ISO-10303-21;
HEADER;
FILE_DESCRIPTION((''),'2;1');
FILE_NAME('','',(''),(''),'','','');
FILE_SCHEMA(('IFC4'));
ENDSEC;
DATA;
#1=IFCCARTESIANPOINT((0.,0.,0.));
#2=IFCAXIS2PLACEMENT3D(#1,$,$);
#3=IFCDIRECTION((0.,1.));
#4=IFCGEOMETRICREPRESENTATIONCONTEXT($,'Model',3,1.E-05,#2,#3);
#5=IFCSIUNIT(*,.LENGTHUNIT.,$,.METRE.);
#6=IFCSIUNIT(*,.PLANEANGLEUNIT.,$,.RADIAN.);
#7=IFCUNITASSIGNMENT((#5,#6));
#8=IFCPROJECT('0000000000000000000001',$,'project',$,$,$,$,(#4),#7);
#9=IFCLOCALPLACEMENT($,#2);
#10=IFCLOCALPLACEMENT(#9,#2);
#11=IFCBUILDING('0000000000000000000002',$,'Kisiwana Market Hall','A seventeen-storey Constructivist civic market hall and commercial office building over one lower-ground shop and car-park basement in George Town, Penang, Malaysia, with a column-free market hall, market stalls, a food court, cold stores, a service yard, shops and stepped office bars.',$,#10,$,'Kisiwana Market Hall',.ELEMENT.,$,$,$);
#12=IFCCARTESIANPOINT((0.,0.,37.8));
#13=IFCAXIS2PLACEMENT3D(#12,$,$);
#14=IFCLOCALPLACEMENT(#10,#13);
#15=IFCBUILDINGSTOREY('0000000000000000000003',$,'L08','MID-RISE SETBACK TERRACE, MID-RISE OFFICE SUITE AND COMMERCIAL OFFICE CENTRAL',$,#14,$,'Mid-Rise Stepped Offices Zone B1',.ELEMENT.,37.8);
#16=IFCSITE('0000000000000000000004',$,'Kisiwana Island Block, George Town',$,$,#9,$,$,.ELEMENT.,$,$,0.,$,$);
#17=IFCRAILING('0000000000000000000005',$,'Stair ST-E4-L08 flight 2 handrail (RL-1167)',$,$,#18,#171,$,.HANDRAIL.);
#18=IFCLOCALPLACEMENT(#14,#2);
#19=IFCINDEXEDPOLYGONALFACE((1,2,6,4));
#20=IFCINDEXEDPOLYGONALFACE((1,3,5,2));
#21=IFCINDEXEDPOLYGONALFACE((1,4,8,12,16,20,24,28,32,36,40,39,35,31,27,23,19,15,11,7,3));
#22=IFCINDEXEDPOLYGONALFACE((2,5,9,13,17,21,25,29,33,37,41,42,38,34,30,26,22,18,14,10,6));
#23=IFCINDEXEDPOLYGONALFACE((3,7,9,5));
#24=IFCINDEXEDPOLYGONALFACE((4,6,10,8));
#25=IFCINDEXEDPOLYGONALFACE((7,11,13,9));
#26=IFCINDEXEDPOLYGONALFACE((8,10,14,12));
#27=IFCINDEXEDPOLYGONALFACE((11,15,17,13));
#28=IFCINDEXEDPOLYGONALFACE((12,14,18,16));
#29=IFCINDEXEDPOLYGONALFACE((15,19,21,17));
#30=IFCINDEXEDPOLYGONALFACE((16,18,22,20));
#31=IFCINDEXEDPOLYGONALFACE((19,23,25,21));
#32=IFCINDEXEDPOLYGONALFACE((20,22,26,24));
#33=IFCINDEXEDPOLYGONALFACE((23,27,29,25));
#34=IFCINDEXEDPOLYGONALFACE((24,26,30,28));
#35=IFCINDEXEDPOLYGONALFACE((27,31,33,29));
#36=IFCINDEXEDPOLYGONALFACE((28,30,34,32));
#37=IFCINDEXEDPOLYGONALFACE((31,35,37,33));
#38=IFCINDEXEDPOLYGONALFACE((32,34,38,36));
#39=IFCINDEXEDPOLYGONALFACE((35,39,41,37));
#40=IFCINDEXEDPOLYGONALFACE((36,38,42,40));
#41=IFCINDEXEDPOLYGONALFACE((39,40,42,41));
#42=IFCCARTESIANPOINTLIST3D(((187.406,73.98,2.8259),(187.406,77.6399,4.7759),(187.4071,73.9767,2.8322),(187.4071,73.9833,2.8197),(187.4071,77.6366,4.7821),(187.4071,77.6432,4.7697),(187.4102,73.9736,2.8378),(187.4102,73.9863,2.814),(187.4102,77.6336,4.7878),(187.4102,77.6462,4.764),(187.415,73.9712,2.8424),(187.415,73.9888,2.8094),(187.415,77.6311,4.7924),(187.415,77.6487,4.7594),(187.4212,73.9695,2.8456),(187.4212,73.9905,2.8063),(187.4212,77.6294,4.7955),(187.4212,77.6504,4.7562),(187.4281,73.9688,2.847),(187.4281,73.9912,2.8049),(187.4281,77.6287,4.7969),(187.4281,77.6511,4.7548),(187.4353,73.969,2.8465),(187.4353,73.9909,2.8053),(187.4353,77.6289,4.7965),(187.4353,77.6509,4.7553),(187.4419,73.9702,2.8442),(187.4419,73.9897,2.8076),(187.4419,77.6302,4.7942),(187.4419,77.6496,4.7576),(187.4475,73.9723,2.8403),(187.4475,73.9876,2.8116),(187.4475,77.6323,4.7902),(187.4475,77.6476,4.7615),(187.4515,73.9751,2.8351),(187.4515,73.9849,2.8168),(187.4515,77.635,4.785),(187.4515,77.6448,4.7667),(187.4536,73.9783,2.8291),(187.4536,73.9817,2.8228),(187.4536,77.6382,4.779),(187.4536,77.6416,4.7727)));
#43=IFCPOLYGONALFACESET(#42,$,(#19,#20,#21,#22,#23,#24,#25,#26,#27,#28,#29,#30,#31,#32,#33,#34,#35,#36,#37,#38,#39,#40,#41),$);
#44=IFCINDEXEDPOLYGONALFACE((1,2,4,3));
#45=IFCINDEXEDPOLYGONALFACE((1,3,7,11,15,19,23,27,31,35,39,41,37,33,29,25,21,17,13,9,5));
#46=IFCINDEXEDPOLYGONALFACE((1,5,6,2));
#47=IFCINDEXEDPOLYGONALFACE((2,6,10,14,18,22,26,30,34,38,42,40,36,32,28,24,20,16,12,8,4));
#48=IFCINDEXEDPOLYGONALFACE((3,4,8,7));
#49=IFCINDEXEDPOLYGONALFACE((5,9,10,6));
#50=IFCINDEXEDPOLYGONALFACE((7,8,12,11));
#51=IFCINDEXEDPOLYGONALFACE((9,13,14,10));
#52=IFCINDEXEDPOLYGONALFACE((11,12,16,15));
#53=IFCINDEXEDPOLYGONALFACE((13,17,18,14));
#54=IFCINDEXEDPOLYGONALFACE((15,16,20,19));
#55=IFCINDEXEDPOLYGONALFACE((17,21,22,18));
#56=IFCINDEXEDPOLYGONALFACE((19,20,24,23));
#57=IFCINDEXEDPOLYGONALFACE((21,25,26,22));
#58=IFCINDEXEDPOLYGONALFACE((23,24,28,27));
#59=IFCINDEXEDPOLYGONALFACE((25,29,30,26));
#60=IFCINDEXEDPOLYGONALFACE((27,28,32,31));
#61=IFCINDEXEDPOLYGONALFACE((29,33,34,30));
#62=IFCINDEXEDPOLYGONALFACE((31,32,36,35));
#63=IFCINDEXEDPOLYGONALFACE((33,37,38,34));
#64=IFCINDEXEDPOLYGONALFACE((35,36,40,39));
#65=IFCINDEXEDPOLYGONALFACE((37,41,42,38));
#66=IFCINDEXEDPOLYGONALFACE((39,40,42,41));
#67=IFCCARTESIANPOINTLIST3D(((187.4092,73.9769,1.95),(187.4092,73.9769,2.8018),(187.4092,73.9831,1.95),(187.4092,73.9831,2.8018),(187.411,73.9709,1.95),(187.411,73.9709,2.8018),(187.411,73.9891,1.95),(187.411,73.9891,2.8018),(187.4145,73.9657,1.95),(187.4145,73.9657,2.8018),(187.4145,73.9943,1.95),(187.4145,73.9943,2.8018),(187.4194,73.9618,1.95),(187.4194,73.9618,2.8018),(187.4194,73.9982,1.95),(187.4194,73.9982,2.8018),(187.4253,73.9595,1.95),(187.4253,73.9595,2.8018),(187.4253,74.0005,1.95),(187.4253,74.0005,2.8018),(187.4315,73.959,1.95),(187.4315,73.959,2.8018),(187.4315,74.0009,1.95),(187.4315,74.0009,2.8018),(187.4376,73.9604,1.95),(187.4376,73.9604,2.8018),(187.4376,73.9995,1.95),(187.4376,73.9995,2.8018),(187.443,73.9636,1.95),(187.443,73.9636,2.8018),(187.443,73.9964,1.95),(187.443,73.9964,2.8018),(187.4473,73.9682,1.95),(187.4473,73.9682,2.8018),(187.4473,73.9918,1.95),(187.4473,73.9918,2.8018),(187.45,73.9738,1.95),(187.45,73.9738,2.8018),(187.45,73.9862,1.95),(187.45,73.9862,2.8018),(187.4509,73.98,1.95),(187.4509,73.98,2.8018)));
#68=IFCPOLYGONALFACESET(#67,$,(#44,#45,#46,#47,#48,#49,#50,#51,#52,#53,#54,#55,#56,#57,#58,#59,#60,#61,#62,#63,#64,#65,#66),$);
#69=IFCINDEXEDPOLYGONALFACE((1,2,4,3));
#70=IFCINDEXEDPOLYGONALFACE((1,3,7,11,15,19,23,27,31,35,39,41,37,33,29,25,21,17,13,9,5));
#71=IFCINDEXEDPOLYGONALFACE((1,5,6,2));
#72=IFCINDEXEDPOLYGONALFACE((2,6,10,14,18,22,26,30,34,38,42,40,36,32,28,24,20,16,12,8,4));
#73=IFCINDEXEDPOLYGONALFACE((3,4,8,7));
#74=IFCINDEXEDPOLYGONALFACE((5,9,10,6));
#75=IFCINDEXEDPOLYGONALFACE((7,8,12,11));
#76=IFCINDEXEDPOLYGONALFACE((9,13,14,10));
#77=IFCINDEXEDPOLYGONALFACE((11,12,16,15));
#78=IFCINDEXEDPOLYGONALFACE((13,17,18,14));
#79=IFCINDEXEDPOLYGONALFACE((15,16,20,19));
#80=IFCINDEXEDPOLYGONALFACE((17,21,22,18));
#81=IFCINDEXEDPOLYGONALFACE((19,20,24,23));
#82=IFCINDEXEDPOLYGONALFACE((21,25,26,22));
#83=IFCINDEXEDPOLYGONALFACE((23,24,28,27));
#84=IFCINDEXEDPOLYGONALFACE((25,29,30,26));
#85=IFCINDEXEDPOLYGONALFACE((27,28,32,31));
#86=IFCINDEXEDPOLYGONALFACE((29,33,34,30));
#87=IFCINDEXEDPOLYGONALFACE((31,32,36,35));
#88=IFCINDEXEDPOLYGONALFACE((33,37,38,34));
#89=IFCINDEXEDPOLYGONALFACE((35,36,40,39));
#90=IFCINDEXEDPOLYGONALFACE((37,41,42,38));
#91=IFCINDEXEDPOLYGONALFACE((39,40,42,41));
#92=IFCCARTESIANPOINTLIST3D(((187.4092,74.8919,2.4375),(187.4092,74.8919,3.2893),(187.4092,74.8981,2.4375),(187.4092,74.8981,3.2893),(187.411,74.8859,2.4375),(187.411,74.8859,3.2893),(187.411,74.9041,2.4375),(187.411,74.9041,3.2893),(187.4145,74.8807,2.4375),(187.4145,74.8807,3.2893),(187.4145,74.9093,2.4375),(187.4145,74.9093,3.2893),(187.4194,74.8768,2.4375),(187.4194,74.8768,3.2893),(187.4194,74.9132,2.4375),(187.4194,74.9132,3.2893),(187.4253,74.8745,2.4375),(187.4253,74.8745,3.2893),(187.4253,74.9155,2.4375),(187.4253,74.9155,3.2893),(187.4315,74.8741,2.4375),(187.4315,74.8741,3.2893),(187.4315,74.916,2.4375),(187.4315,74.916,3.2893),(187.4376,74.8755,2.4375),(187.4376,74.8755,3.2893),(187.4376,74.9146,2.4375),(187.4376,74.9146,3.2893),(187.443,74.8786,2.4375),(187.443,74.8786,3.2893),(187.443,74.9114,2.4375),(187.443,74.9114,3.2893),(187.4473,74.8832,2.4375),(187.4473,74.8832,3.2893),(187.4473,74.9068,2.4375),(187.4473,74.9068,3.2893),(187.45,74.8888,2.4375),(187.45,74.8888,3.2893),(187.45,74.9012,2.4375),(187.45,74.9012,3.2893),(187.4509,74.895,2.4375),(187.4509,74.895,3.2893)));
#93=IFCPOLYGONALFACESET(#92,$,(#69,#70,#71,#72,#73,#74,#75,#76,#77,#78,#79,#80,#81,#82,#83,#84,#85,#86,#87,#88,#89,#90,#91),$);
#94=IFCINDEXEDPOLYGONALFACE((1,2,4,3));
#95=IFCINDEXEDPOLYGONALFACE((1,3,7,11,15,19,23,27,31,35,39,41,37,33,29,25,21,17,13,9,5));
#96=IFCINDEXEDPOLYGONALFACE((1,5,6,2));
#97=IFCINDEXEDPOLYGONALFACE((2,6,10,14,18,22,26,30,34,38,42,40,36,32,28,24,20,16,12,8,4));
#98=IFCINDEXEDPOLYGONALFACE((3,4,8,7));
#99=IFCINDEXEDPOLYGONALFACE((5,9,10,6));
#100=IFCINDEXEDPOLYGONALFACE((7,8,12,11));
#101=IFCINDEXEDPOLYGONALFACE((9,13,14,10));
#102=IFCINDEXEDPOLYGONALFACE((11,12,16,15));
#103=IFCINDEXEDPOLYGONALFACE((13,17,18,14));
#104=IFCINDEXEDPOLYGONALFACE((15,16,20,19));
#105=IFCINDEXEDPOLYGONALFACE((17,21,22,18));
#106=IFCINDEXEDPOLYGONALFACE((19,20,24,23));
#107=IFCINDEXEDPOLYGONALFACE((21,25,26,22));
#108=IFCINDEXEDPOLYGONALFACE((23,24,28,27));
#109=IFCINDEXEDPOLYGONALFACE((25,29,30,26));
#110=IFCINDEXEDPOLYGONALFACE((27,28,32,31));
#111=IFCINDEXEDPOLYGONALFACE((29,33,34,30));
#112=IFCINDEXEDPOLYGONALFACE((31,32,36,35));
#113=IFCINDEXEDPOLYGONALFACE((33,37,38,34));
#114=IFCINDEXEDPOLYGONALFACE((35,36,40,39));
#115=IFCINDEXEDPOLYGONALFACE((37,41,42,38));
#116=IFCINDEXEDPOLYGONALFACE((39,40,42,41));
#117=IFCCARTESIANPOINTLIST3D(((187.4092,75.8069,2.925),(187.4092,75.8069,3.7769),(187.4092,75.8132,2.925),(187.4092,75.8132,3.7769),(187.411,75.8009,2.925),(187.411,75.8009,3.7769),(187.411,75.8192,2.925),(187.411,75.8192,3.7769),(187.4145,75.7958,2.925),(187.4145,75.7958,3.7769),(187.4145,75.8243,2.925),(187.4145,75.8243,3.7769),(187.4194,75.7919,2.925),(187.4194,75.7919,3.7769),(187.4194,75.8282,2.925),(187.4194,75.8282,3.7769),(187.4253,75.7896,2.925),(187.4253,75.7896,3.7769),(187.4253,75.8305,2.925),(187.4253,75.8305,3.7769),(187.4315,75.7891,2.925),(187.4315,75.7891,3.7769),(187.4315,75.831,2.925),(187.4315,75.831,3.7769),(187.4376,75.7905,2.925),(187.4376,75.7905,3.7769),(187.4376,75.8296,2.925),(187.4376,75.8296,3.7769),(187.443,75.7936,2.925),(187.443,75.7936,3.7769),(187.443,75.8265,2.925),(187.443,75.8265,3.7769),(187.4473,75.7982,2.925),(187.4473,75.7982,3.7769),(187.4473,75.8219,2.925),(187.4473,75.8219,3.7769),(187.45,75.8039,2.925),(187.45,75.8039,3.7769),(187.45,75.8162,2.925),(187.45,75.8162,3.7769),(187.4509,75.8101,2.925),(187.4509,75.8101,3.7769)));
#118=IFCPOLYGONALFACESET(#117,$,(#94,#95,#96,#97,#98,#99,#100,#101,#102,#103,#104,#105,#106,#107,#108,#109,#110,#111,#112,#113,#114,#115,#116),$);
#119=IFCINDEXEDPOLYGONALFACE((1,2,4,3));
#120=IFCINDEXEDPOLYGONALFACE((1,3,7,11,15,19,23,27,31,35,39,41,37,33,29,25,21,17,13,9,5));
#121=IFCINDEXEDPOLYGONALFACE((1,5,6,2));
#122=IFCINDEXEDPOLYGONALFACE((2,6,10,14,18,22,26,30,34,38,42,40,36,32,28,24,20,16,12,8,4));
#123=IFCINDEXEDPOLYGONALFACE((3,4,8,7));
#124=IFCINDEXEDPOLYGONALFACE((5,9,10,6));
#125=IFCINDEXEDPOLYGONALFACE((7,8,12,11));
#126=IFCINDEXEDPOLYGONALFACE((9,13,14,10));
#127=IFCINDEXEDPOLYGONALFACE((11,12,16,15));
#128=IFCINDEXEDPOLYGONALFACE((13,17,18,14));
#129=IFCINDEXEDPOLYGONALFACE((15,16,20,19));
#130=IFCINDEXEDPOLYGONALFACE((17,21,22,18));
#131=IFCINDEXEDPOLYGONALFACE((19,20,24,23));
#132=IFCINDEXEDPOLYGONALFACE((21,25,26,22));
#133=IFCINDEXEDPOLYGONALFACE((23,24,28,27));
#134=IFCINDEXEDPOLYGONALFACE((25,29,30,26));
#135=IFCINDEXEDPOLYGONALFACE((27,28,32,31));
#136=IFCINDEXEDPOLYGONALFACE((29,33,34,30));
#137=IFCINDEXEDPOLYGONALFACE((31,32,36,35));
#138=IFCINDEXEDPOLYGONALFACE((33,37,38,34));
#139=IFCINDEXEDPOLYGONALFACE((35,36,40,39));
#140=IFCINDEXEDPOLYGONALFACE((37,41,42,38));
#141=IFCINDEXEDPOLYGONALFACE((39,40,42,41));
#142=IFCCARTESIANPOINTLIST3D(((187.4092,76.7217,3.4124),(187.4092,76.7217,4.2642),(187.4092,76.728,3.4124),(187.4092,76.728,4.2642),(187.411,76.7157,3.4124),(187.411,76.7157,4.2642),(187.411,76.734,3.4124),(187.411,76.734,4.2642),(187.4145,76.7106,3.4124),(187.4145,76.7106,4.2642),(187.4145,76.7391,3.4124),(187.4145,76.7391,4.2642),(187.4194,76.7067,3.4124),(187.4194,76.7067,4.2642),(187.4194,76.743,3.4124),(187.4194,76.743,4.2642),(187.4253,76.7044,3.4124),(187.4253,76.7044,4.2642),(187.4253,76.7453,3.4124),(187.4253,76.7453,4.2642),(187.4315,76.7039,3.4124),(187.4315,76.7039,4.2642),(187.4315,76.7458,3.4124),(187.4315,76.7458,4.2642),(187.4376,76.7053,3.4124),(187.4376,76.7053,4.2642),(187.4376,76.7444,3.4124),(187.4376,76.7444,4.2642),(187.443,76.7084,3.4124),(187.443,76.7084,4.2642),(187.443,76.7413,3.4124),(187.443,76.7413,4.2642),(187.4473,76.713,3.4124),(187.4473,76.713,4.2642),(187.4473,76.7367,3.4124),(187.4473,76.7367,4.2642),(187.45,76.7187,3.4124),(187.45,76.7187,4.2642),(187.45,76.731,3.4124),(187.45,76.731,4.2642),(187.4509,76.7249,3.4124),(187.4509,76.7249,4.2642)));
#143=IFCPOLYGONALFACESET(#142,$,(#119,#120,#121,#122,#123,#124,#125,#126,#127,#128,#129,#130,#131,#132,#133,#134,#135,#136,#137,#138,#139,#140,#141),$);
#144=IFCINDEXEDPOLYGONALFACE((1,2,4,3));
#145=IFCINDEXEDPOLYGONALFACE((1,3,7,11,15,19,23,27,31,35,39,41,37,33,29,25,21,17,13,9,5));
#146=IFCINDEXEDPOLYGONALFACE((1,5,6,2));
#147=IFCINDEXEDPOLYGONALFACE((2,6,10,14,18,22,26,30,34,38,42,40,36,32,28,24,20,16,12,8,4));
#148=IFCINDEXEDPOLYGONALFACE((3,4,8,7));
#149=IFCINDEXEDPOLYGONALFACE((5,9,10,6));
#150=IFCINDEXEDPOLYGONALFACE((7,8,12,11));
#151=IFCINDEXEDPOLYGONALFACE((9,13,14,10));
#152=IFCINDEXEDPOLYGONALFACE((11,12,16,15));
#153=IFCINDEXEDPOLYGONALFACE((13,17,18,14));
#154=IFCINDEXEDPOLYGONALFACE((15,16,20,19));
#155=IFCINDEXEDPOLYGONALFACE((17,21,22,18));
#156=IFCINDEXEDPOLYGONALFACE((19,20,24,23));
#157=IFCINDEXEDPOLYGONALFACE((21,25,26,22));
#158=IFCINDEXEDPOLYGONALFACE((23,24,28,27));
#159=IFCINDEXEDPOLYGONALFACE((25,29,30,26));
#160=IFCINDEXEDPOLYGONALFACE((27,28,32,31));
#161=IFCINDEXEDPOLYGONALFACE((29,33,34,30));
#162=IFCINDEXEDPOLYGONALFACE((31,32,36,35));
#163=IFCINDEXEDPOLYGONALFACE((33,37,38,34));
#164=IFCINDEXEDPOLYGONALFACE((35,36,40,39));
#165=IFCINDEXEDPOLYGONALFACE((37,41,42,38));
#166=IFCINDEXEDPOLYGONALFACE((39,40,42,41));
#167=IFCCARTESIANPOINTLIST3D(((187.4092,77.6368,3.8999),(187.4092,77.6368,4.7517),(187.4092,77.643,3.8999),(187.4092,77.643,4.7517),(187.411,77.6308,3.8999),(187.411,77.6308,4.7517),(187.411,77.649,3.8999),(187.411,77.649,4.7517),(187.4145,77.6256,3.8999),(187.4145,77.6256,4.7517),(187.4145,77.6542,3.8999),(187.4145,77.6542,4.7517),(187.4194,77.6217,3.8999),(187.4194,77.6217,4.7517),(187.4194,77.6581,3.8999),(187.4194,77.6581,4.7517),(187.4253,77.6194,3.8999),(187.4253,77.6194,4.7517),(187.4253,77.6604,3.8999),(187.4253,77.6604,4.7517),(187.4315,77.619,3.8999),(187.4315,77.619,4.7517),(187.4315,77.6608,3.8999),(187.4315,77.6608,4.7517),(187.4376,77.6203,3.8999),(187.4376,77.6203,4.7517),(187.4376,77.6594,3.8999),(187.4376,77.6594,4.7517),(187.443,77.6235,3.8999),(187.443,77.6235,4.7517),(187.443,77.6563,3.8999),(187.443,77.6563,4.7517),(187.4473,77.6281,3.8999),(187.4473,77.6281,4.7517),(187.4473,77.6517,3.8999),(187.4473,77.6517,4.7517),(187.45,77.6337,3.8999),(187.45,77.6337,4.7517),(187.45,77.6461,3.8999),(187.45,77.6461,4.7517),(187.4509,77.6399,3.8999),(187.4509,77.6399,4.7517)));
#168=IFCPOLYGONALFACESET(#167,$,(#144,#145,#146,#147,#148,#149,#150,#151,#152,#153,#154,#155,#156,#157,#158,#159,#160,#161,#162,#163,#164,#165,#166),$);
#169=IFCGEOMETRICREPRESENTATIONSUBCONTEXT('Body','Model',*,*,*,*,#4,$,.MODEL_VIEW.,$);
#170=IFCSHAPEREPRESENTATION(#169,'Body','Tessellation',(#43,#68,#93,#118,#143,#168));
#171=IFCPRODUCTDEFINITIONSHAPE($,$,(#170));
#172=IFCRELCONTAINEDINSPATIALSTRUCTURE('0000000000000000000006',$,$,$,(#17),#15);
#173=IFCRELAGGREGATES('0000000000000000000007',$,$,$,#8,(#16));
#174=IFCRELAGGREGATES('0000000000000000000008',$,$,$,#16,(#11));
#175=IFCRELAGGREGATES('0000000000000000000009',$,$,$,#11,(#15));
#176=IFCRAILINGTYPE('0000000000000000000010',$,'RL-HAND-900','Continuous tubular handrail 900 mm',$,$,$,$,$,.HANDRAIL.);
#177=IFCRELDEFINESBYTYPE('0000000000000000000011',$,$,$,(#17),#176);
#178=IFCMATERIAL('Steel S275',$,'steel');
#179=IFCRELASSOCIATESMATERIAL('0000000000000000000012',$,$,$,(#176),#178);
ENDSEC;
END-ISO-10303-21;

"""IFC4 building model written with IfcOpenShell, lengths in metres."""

from ifc_helpers import new_model, si_unit, direction, frame, origin, origin_2d, place, context, subcontext, project, spatial, circle, extrude, material, type_object, element, save


model = new_model("IFC4")

# Units and contexts
model_context = context("Model", 3, precision=1e-05, world=origin(), true_north=direction((0.0, 1.0)))
body_context = subcontext(model_context, "Body", "Model", "MODEL_VIEW")
ifc_project = project(units=[si_unit("LENGTHUNIT", "METRE"), si_unit("PLANEANGLEUNIT", "RADIAN")], contexts=[model_context])

# Site, building, storey
site_placement = place(None, origin())
site = spatial("IfcSite", under=ifc_project, at=site_placement, Name="Kisiwana Island Block, George Town", CompositionType="ELEMENT", RefElevation=0.0)
building_placement = place(site_placement, origin())
building = spatial("IfcBuilding", under=site, at=building_placement, Name="Kisiwana Market Hall", Description="A seventeen-storey Constructivist civic market hall and commercial office building over one lower-ground shop and car-park basement in George Town, Penang, Malaysia, with a column-free market hall, market stalls, a food court, cold stores, a service yard, shops and stepped office bars.", LongName="Kisiwana Market Hall", CompositionType="ELEMENT")
storey_placement = place(building_placement, frame((0.0, 0.0, 37.8)))
storey = spatial("IfcBuildingStorey", under=building, at=storey_placement, Name="L08", Description="MID-RISE SETBACK TERRACE, MID-RISE OFFICE SUITE AND COMMERCIAL OFFICE CENTRAL", LongName="Mid-Rise Stepped Offices Zone B1", CompositionType="ELEMENT", Elevation=37.8)

# Railing
ifc_material_1 = material(Name="Steel S275", Category="steel")
railing_type_1 = type_object("IfcRailingType", Name="RL-HAND-900", Description="Continuous tubular handrail 900 mm", PredefinedType="HANDRAIL", material=ifc_material_1)
railing_1_placement = place(storey_placement, frame((187.4299, 73.98, 1.95)))
element("IfcRailing", 1, at=railing_1_placement, inside=storey, type_object=railing_type_1, Name="Stair ST-E4-L08 flight 2 handrail (RL-1167)", PredefinedType="HANDRAIL", context=body_context, shape_type="SweptSolid", body=[
    extrude(circle(Radius=0.0239, at=origin_2d()), frame((0.0, 0.0, 0.876), z_axis=(0.0, 0.882553, 0.470212), x_axis=(-1.0, 0.0, 0.0)), (0.0, 0.0, 1.0), 4.147),
    extrude(circle(Radius=0.021, at=origin_2d()), origin(), (0.0, 0.0, 1.0), 0.8518),
    extrude(circle(Radius=0.021, at=origin_2d()), frame((0.0, 0.915, 0.4875)), (0.0, 0.0, 1.0), 0.8518),
    extrude(circle(Radius=0.021, at=origin_2d()), frame((0.0, 1.8301, 0.9751)), (0.0, 0.0, 1.0), 0.8518),
    extrude(circle(Radius=0.021, at=origin_2d()), frame((0.0, 2.7449, 1.4624)), (0.0, 0.0, 1.0), 0.8518),
    extrude(circle(Radius=0.021, at=origin_2d()), frame((0.0, 3.6599, 1.95)), (0.0, 0.0, 1.0), 0.8518),
])

save(model, "model.ifc")
